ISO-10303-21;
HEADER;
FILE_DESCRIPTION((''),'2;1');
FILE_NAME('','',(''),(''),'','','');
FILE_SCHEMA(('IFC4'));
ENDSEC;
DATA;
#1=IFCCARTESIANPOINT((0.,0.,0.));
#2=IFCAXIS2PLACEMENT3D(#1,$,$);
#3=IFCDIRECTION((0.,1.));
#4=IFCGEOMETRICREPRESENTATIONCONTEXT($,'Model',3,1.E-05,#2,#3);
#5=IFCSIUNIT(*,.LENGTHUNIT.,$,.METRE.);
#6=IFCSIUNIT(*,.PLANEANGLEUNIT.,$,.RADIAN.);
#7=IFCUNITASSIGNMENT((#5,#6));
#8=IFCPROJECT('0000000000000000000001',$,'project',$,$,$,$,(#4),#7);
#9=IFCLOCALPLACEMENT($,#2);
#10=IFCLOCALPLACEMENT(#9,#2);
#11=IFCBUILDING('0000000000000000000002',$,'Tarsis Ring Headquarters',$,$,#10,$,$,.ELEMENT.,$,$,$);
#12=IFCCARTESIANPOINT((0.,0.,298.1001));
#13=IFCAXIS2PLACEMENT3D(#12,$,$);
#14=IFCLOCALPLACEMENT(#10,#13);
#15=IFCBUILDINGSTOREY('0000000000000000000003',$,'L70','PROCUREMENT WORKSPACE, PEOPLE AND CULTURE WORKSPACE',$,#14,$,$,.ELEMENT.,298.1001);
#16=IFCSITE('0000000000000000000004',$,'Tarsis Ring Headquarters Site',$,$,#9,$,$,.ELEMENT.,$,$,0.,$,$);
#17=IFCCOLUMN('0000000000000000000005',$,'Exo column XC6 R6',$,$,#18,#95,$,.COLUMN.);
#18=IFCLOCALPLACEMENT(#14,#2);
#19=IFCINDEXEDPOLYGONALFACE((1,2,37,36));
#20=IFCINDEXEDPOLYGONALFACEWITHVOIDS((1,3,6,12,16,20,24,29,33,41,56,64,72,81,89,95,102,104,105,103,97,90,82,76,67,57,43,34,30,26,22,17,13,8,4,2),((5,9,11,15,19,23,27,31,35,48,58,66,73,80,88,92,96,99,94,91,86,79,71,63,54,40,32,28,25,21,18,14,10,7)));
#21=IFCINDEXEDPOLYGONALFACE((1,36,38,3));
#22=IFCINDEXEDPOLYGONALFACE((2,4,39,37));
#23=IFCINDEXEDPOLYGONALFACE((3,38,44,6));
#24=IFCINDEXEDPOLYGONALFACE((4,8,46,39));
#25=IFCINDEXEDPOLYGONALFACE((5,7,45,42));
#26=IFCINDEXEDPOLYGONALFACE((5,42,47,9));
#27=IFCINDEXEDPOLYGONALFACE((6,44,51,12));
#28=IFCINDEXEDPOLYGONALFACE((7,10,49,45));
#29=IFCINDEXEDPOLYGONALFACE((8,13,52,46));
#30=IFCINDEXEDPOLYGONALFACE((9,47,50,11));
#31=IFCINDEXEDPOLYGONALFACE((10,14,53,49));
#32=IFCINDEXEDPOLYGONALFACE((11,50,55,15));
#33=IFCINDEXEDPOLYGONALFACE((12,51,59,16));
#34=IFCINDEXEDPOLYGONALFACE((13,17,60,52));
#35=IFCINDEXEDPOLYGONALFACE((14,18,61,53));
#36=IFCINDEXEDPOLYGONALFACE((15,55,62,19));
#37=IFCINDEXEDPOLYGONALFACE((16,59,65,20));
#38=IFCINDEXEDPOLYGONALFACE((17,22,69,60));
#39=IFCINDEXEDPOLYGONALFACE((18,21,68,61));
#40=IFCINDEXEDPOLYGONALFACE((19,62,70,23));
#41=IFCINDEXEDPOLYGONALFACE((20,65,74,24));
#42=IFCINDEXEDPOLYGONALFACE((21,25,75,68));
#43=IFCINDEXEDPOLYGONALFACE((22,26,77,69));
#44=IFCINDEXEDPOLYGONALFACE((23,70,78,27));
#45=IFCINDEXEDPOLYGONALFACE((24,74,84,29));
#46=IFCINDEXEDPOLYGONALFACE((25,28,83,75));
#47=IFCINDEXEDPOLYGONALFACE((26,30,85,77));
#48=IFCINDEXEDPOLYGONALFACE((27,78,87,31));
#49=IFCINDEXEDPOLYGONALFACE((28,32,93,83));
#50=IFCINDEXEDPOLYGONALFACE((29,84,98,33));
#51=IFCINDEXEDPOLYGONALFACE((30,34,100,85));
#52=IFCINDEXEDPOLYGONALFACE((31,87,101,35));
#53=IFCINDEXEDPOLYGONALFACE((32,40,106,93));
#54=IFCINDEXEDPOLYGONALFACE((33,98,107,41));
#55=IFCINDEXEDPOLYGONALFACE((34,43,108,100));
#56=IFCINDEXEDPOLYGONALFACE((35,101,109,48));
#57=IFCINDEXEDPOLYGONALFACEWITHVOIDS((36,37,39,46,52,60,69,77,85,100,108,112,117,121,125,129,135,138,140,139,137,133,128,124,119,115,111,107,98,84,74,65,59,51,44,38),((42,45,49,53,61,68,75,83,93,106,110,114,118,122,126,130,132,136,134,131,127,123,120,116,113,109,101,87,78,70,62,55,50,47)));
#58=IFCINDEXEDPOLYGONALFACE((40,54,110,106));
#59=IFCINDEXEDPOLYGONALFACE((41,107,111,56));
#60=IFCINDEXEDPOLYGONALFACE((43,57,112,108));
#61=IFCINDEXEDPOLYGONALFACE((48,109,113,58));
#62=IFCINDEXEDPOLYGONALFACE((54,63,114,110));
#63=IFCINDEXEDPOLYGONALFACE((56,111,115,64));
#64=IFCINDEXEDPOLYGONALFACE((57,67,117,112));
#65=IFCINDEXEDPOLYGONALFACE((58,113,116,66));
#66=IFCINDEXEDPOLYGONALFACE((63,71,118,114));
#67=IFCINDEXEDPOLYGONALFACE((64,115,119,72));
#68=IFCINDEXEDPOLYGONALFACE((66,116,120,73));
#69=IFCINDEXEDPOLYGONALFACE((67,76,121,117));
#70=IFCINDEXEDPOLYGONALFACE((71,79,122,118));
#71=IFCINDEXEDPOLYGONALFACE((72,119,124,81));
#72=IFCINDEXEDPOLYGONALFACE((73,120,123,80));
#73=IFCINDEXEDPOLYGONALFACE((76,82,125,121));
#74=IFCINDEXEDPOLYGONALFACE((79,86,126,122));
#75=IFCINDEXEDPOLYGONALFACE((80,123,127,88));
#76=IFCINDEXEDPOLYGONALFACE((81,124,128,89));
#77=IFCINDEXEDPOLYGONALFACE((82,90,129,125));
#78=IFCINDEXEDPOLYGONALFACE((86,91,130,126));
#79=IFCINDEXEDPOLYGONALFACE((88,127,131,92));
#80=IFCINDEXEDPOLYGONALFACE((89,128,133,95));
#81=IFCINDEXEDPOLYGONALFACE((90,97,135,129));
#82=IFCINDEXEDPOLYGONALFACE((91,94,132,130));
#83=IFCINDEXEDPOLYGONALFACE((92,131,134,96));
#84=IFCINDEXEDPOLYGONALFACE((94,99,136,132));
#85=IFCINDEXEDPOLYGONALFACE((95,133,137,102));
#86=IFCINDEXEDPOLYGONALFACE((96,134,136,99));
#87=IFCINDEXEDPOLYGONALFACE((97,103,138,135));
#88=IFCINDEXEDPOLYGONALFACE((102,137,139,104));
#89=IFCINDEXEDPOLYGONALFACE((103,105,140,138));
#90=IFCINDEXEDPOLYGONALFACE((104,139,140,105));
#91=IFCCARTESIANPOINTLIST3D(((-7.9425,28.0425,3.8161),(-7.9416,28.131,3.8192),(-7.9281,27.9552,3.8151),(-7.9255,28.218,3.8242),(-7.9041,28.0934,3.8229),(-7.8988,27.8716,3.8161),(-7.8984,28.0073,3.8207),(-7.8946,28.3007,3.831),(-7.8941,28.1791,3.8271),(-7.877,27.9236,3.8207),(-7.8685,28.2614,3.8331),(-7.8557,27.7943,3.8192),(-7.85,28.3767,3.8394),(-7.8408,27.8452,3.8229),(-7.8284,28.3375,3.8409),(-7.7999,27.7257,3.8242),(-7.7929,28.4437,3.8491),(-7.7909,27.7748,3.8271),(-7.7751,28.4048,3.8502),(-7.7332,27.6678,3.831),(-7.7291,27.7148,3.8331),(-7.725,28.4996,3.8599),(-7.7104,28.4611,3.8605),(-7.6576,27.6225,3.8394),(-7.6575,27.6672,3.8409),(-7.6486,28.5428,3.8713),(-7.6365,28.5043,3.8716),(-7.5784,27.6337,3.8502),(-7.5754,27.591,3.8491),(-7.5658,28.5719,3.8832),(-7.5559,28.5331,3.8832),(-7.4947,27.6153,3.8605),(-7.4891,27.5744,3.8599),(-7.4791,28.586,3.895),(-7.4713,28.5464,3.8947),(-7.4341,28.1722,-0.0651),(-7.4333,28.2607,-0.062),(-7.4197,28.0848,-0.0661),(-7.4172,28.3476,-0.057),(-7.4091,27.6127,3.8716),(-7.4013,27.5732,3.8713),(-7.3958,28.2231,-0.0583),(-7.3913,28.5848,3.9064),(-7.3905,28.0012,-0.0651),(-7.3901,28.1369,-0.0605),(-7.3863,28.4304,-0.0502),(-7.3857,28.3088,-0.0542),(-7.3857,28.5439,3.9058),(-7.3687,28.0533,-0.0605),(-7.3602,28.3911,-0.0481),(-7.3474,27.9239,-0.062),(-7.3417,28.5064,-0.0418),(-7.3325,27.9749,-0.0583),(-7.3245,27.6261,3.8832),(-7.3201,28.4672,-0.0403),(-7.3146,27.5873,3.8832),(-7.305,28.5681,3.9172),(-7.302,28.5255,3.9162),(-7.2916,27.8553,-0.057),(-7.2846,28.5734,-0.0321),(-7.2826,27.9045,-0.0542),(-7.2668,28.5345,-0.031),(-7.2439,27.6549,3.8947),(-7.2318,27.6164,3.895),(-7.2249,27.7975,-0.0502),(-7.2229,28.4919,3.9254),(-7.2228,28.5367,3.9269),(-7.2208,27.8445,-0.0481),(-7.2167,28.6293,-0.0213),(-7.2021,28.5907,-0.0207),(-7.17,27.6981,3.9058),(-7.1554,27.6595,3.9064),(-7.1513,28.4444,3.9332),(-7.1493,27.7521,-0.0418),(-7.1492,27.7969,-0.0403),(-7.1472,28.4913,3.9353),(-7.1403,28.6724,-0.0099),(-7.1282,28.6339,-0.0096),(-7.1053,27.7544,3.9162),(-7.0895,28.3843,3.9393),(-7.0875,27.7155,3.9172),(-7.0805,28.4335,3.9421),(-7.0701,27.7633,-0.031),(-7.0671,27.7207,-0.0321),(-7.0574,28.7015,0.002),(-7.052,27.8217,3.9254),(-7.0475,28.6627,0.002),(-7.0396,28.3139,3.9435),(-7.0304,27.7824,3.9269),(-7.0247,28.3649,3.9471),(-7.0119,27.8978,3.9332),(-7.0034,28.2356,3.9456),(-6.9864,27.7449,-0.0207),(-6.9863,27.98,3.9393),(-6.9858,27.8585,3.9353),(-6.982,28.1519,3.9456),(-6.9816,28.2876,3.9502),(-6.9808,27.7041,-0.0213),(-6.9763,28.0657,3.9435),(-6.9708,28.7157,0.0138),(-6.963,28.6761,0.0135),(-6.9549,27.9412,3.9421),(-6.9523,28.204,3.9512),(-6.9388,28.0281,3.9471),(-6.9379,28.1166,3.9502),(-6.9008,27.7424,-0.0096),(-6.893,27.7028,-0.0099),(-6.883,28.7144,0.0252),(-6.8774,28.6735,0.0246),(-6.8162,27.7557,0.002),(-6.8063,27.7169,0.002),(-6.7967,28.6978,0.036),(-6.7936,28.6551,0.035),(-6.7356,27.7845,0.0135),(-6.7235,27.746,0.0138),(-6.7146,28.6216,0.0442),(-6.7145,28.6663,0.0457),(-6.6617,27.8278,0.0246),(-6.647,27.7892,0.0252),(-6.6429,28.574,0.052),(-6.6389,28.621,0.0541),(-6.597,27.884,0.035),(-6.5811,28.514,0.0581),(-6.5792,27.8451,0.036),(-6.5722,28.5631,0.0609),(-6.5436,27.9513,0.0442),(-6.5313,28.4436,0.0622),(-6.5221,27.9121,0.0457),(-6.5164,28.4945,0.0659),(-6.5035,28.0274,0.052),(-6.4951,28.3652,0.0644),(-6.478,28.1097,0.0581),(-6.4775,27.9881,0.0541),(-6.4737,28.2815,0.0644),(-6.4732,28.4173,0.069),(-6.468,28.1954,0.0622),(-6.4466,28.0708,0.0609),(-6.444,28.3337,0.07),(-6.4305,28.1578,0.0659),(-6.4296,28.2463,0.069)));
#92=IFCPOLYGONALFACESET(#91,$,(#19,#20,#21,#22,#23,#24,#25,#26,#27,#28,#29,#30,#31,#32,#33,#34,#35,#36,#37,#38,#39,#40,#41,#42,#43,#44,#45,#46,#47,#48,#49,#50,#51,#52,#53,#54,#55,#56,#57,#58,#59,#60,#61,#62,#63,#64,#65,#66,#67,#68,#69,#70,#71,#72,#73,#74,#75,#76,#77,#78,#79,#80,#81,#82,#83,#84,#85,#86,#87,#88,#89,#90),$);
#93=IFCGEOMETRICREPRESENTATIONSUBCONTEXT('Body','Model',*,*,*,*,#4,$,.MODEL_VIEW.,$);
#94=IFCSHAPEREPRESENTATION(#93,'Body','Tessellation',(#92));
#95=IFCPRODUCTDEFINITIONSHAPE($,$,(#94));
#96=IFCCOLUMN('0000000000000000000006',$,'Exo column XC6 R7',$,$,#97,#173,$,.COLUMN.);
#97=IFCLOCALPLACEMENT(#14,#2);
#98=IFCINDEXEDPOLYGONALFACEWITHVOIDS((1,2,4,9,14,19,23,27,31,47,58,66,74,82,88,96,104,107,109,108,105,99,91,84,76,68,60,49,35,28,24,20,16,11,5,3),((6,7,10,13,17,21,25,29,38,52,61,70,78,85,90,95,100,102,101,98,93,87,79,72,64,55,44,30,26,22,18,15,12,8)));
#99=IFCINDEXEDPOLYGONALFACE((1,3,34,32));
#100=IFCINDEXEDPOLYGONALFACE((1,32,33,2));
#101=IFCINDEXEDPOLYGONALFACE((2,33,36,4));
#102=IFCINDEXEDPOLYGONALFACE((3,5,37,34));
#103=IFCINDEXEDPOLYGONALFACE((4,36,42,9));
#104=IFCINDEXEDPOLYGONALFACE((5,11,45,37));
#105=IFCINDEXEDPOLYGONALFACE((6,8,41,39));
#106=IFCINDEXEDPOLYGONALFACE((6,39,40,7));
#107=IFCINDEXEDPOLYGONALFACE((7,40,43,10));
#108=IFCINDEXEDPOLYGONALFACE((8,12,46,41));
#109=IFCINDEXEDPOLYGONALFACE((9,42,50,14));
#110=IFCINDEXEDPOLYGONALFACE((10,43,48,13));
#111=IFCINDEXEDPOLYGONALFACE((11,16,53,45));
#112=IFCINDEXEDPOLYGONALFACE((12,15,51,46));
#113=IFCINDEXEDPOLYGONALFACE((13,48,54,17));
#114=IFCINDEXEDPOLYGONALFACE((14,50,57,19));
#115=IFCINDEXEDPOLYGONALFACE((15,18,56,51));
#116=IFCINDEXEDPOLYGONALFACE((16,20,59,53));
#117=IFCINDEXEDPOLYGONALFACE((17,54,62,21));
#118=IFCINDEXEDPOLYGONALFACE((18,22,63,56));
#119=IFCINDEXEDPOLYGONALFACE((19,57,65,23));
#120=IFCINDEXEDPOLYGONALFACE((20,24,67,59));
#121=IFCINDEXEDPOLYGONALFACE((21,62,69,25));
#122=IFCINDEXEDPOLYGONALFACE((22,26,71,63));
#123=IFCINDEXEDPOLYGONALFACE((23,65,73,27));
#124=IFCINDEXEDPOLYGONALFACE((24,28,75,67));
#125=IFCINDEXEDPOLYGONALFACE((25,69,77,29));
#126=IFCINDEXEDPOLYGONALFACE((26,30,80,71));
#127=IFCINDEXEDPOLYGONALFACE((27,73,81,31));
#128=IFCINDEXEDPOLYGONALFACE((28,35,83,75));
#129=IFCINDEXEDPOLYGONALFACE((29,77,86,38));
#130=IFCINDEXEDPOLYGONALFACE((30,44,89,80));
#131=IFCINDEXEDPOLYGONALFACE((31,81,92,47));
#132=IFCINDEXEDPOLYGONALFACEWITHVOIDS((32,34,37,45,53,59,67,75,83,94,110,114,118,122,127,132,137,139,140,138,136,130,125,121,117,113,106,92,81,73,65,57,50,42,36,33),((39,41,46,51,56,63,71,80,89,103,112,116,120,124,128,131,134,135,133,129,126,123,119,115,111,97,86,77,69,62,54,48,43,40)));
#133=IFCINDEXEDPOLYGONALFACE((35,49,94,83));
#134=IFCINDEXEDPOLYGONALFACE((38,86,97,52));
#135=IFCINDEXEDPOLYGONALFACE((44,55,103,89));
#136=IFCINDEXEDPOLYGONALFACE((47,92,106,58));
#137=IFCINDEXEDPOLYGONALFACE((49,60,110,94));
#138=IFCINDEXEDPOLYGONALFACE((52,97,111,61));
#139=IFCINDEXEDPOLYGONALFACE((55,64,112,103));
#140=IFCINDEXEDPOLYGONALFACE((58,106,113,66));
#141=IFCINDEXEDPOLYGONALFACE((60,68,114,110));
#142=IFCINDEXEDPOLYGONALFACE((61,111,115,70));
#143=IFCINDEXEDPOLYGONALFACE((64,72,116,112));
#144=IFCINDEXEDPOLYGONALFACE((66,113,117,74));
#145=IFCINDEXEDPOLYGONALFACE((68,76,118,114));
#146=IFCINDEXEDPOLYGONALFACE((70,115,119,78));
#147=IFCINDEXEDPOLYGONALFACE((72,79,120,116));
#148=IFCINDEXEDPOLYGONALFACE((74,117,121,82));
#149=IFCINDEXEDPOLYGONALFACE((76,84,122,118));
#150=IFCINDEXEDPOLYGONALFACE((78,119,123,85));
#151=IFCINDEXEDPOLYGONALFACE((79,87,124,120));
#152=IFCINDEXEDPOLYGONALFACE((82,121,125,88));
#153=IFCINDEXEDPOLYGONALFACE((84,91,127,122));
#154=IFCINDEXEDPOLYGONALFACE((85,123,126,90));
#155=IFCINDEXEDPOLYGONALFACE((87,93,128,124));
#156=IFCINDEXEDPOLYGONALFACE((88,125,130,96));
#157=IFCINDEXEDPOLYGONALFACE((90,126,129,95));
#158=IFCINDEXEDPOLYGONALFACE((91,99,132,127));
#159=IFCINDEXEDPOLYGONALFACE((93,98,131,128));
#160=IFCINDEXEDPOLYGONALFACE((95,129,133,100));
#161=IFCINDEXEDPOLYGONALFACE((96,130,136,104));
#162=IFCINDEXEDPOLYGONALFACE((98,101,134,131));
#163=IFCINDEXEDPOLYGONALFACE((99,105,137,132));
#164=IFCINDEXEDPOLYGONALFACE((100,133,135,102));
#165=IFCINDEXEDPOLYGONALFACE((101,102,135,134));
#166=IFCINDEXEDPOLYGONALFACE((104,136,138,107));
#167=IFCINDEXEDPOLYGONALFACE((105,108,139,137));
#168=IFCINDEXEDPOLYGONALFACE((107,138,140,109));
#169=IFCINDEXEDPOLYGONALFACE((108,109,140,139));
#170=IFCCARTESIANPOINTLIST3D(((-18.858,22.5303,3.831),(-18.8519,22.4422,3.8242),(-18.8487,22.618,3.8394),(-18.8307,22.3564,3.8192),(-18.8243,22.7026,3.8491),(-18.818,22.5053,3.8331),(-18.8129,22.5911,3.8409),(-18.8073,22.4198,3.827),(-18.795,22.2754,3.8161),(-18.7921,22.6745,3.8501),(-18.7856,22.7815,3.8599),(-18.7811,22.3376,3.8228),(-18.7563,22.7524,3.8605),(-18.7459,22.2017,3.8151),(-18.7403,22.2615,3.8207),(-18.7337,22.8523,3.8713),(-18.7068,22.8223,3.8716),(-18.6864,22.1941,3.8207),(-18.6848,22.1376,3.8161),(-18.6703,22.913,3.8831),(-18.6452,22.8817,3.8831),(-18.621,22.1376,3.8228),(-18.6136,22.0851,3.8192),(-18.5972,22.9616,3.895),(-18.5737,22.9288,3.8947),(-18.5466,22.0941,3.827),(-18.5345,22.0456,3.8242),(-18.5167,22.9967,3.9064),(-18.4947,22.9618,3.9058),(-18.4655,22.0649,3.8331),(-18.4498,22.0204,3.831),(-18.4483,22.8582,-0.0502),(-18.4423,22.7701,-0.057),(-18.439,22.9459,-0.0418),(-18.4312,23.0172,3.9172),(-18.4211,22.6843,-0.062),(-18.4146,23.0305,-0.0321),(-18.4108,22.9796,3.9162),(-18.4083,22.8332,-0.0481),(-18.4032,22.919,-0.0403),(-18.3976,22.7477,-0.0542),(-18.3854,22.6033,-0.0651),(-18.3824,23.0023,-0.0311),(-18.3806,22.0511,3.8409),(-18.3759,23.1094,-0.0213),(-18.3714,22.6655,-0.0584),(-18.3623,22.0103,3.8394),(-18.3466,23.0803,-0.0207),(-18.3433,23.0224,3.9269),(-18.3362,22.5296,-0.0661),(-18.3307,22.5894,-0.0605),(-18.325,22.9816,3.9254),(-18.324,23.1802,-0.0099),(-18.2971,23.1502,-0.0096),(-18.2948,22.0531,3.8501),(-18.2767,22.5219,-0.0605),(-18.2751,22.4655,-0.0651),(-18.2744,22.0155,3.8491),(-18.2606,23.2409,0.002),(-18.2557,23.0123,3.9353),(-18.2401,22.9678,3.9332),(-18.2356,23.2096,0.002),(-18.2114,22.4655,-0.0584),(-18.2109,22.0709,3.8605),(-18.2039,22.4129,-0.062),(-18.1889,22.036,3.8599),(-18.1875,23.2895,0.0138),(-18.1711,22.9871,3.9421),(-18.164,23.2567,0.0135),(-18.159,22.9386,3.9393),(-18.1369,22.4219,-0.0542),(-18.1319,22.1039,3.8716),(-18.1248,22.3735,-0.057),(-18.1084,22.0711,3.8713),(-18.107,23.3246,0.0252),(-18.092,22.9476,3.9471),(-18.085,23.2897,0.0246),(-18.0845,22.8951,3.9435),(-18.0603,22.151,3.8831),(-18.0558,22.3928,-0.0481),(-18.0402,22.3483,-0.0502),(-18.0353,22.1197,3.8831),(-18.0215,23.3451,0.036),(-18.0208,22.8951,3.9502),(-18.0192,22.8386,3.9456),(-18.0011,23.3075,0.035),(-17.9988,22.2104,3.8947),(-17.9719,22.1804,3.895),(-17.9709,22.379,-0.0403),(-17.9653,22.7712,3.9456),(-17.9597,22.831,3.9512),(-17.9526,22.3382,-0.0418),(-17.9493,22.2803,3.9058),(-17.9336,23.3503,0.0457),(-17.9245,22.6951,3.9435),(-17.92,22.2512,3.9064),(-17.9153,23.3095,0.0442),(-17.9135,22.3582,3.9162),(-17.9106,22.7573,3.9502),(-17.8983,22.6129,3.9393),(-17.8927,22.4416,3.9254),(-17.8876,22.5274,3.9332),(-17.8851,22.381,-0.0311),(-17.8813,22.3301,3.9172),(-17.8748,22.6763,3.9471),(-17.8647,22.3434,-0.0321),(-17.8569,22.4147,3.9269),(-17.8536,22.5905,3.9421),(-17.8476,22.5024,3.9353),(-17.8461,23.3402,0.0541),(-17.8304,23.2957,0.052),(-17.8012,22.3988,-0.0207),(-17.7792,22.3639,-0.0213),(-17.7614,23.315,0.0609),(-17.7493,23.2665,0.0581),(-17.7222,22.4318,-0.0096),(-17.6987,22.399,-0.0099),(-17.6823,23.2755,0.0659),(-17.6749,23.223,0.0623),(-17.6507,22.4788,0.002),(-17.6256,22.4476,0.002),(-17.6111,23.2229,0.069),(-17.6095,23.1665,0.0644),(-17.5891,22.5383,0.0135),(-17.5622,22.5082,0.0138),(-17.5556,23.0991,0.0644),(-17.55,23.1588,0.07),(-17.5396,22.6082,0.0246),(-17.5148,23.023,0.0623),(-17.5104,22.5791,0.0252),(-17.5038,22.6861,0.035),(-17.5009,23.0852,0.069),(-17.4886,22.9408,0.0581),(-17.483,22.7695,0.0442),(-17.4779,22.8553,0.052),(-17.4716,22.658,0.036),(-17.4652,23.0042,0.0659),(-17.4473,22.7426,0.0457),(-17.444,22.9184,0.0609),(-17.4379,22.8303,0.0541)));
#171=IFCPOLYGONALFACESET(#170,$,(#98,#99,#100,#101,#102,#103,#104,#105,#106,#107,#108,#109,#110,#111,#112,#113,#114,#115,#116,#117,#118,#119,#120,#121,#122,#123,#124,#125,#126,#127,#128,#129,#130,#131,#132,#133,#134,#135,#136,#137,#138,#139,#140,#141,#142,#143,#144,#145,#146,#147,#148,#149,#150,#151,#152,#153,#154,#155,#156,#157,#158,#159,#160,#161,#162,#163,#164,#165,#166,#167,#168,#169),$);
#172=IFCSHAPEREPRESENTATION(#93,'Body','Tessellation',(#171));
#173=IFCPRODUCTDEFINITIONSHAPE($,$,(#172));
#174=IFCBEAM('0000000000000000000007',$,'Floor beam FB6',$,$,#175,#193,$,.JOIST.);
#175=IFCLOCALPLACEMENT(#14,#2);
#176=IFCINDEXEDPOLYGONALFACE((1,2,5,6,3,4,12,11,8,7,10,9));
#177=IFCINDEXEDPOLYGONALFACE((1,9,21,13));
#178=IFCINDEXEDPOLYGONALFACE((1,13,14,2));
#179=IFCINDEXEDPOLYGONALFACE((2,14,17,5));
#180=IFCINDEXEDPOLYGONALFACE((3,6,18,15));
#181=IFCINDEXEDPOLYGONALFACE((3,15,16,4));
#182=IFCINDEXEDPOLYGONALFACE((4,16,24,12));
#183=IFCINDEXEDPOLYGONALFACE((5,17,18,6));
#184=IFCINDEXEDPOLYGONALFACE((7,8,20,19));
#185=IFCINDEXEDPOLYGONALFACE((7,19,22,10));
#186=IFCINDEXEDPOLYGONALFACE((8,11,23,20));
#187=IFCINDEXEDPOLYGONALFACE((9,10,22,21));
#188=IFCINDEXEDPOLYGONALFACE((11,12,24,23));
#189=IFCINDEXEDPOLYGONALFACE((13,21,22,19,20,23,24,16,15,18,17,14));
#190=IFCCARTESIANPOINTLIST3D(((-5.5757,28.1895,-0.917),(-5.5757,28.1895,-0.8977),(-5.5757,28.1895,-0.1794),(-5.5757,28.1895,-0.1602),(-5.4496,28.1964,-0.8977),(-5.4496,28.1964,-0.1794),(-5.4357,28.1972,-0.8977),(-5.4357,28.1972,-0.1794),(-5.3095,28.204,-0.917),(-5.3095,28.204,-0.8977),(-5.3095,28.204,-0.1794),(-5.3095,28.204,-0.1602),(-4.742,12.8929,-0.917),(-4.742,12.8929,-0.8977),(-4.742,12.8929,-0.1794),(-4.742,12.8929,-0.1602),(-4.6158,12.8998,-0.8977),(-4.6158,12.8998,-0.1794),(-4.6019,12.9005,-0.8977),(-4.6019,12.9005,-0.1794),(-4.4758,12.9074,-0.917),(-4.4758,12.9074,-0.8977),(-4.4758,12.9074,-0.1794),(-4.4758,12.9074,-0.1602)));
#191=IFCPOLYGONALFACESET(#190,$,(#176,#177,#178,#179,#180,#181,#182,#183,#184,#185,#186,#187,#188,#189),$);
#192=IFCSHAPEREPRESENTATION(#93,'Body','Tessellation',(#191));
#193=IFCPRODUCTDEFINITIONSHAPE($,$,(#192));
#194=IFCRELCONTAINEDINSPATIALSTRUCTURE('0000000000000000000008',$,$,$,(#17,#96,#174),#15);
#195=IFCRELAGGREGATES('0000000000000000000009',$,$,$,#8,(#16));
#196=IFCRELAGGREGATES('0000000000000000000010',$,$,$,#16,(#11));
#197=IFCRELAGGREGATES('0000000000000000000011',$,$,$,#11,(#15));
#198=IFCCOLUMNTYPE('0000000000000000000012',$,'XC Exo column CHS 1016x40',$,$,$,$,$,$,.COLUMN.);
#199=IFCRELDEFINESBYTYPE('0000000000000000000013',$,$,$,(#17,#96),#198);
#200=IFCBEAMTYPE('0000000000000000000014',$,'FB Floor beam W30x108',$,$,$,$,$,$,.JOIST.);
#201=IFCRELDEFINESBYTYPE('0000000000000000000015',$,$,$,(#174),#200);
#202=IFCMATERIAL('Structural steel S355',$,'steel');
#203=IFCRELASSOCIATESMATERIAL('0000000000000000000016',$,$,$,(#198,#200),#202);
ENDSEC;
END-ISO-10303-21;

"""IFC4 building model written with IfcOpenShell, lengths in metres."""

from ifc_helpers import new_model, si_unit, direction, frame, origin, origin_2d, place, context, subcontext, project, spatial, hollow_circle, i_section, extrude, material, material_profile, profile_set, type_object, element, save


model = new_model("IFC4")

# Units and contexts
model_context = context("Model", 3, precision=1e-05, world=origin(), true_north=direction((0.0, 1.0)))
body_context = subcontext(model_context, "Body", "Model", "MODEL_VIEW")
ifc_project = project(units=[si_unit("LENGTHUNIT", "METRE"), si_unit("PLANEANGLEUNIT", "RADIAN")], contexts=[model_context])

# Site, building, storey
site_placement = place(None, origin())
site = spatial("IfcSite", under=ifc_project, at=site_placement, Name="Tarsis Ring Headquarters Site", CompositionType="ELEMENT", RefElevation=0.0)
building_placement = place(site_placement, origin())
building = spatial("IfcBuilding", under=site, at=building_placement, Name="Tarsis Ring Headquarters", CompositionType="ELEMENT")
storey_placement = place(building_placement, frame((0.0, 0.0, 298.1001)))
storey = spatial("IfcBuildingStorey", under=building, at=storey_placement, Name="L70", Description="PROCUREMENT WORKSPACE, PEOPLE AND CULTURE WORKSPACE", CompositionType="ELEMENT", Elevation=298.1001)

# Columns
ifc_material_1 = material(Name="Structural steel S355", Category="steel")
ifc_material_profile_1 = material_profile(ifc_material_1, hollow_circle(Radius=0.5081, WallThickness=0.04, at=origin_2d()), Name="CHS 1016x40")
ifc_profile_set_1 = profile_set([ifc_material_profile_1], Name="Structural steel S355")
column_type = type_object("IfcColumnType", Name="XC Exo column CHS 1016x40", PredefinedType="COLUMN", material=ifc_profile_set_1)
for number, where, z_axis, x_axis, name in (
    (1, (-6.9319, 28.2092, 0.002), (-0.129788, -0.033102, 0.990989), (0.247132, -0.968982, 0.0), "Exo column XC6 R6"),
    (2, (-17.9431, 22.8442, 0.002), (-0.104603, -0.08372, 0.990984), (0.624865, -0.780733, 0.0), "Exo column XC6 R7"),
):
    element("IfcColumn", number, at=place(storey_placement, frame(where, z_axis=z_axis, x_axis=x_axis)), inside=storey, type_object=column_type, Name=name, PredefinedType="COLUMN", context=body_context, shape_type="SweptSolid", body=[
        extrude(hollow_circle(Radius=0.5081, WallThickness=0.04, at=origin_2d()), origin(), (0.0, 0.0, 1.0), 3.9165),
    ])

# Beam
ifc_material_profile_2 = material_profile(ifc_material_1, i_section(OverallWidth=0.2666, OverallDepth=0.7568, WebThickness=0.0139, FlangeThickness=0.0193, at=origin_2d()), Name="W30x108")
ifc_profile_set_2 = profile_set([ifc_material_profile_2], Name="Structural steel S355")
beam_type_1 = type_object("IfcBeamType", Name="FB Floor beam W30x108", PredefinedType="JOIST", material=ifc_profile_set_2)
beam_1_placement = place(storey_placement, frame((-5.4426, 28.1968, -0.5386), z_axis=(0.054424, -0.998518, 0.0), x_axis=(0.998518, 0.054424, 0.0)))
element("IfcBeam", 3, at=beam_1_placement, inside=storey, type_object=beam_type_1, Name="Floor beam FB6", PredefinedType="JOIST", context=body_context, shape_type="SweptSolid", body=[
    extrude(i_section(OverallWidth=0.2666, OverallDepth=0.7568, WebThickness=0.0139, FlangeThickness=0.0193, at=origin_2d()), origin(), (0.0, 0.0, 1.0), 15.3193),
])

save(model, "model.ifc")
